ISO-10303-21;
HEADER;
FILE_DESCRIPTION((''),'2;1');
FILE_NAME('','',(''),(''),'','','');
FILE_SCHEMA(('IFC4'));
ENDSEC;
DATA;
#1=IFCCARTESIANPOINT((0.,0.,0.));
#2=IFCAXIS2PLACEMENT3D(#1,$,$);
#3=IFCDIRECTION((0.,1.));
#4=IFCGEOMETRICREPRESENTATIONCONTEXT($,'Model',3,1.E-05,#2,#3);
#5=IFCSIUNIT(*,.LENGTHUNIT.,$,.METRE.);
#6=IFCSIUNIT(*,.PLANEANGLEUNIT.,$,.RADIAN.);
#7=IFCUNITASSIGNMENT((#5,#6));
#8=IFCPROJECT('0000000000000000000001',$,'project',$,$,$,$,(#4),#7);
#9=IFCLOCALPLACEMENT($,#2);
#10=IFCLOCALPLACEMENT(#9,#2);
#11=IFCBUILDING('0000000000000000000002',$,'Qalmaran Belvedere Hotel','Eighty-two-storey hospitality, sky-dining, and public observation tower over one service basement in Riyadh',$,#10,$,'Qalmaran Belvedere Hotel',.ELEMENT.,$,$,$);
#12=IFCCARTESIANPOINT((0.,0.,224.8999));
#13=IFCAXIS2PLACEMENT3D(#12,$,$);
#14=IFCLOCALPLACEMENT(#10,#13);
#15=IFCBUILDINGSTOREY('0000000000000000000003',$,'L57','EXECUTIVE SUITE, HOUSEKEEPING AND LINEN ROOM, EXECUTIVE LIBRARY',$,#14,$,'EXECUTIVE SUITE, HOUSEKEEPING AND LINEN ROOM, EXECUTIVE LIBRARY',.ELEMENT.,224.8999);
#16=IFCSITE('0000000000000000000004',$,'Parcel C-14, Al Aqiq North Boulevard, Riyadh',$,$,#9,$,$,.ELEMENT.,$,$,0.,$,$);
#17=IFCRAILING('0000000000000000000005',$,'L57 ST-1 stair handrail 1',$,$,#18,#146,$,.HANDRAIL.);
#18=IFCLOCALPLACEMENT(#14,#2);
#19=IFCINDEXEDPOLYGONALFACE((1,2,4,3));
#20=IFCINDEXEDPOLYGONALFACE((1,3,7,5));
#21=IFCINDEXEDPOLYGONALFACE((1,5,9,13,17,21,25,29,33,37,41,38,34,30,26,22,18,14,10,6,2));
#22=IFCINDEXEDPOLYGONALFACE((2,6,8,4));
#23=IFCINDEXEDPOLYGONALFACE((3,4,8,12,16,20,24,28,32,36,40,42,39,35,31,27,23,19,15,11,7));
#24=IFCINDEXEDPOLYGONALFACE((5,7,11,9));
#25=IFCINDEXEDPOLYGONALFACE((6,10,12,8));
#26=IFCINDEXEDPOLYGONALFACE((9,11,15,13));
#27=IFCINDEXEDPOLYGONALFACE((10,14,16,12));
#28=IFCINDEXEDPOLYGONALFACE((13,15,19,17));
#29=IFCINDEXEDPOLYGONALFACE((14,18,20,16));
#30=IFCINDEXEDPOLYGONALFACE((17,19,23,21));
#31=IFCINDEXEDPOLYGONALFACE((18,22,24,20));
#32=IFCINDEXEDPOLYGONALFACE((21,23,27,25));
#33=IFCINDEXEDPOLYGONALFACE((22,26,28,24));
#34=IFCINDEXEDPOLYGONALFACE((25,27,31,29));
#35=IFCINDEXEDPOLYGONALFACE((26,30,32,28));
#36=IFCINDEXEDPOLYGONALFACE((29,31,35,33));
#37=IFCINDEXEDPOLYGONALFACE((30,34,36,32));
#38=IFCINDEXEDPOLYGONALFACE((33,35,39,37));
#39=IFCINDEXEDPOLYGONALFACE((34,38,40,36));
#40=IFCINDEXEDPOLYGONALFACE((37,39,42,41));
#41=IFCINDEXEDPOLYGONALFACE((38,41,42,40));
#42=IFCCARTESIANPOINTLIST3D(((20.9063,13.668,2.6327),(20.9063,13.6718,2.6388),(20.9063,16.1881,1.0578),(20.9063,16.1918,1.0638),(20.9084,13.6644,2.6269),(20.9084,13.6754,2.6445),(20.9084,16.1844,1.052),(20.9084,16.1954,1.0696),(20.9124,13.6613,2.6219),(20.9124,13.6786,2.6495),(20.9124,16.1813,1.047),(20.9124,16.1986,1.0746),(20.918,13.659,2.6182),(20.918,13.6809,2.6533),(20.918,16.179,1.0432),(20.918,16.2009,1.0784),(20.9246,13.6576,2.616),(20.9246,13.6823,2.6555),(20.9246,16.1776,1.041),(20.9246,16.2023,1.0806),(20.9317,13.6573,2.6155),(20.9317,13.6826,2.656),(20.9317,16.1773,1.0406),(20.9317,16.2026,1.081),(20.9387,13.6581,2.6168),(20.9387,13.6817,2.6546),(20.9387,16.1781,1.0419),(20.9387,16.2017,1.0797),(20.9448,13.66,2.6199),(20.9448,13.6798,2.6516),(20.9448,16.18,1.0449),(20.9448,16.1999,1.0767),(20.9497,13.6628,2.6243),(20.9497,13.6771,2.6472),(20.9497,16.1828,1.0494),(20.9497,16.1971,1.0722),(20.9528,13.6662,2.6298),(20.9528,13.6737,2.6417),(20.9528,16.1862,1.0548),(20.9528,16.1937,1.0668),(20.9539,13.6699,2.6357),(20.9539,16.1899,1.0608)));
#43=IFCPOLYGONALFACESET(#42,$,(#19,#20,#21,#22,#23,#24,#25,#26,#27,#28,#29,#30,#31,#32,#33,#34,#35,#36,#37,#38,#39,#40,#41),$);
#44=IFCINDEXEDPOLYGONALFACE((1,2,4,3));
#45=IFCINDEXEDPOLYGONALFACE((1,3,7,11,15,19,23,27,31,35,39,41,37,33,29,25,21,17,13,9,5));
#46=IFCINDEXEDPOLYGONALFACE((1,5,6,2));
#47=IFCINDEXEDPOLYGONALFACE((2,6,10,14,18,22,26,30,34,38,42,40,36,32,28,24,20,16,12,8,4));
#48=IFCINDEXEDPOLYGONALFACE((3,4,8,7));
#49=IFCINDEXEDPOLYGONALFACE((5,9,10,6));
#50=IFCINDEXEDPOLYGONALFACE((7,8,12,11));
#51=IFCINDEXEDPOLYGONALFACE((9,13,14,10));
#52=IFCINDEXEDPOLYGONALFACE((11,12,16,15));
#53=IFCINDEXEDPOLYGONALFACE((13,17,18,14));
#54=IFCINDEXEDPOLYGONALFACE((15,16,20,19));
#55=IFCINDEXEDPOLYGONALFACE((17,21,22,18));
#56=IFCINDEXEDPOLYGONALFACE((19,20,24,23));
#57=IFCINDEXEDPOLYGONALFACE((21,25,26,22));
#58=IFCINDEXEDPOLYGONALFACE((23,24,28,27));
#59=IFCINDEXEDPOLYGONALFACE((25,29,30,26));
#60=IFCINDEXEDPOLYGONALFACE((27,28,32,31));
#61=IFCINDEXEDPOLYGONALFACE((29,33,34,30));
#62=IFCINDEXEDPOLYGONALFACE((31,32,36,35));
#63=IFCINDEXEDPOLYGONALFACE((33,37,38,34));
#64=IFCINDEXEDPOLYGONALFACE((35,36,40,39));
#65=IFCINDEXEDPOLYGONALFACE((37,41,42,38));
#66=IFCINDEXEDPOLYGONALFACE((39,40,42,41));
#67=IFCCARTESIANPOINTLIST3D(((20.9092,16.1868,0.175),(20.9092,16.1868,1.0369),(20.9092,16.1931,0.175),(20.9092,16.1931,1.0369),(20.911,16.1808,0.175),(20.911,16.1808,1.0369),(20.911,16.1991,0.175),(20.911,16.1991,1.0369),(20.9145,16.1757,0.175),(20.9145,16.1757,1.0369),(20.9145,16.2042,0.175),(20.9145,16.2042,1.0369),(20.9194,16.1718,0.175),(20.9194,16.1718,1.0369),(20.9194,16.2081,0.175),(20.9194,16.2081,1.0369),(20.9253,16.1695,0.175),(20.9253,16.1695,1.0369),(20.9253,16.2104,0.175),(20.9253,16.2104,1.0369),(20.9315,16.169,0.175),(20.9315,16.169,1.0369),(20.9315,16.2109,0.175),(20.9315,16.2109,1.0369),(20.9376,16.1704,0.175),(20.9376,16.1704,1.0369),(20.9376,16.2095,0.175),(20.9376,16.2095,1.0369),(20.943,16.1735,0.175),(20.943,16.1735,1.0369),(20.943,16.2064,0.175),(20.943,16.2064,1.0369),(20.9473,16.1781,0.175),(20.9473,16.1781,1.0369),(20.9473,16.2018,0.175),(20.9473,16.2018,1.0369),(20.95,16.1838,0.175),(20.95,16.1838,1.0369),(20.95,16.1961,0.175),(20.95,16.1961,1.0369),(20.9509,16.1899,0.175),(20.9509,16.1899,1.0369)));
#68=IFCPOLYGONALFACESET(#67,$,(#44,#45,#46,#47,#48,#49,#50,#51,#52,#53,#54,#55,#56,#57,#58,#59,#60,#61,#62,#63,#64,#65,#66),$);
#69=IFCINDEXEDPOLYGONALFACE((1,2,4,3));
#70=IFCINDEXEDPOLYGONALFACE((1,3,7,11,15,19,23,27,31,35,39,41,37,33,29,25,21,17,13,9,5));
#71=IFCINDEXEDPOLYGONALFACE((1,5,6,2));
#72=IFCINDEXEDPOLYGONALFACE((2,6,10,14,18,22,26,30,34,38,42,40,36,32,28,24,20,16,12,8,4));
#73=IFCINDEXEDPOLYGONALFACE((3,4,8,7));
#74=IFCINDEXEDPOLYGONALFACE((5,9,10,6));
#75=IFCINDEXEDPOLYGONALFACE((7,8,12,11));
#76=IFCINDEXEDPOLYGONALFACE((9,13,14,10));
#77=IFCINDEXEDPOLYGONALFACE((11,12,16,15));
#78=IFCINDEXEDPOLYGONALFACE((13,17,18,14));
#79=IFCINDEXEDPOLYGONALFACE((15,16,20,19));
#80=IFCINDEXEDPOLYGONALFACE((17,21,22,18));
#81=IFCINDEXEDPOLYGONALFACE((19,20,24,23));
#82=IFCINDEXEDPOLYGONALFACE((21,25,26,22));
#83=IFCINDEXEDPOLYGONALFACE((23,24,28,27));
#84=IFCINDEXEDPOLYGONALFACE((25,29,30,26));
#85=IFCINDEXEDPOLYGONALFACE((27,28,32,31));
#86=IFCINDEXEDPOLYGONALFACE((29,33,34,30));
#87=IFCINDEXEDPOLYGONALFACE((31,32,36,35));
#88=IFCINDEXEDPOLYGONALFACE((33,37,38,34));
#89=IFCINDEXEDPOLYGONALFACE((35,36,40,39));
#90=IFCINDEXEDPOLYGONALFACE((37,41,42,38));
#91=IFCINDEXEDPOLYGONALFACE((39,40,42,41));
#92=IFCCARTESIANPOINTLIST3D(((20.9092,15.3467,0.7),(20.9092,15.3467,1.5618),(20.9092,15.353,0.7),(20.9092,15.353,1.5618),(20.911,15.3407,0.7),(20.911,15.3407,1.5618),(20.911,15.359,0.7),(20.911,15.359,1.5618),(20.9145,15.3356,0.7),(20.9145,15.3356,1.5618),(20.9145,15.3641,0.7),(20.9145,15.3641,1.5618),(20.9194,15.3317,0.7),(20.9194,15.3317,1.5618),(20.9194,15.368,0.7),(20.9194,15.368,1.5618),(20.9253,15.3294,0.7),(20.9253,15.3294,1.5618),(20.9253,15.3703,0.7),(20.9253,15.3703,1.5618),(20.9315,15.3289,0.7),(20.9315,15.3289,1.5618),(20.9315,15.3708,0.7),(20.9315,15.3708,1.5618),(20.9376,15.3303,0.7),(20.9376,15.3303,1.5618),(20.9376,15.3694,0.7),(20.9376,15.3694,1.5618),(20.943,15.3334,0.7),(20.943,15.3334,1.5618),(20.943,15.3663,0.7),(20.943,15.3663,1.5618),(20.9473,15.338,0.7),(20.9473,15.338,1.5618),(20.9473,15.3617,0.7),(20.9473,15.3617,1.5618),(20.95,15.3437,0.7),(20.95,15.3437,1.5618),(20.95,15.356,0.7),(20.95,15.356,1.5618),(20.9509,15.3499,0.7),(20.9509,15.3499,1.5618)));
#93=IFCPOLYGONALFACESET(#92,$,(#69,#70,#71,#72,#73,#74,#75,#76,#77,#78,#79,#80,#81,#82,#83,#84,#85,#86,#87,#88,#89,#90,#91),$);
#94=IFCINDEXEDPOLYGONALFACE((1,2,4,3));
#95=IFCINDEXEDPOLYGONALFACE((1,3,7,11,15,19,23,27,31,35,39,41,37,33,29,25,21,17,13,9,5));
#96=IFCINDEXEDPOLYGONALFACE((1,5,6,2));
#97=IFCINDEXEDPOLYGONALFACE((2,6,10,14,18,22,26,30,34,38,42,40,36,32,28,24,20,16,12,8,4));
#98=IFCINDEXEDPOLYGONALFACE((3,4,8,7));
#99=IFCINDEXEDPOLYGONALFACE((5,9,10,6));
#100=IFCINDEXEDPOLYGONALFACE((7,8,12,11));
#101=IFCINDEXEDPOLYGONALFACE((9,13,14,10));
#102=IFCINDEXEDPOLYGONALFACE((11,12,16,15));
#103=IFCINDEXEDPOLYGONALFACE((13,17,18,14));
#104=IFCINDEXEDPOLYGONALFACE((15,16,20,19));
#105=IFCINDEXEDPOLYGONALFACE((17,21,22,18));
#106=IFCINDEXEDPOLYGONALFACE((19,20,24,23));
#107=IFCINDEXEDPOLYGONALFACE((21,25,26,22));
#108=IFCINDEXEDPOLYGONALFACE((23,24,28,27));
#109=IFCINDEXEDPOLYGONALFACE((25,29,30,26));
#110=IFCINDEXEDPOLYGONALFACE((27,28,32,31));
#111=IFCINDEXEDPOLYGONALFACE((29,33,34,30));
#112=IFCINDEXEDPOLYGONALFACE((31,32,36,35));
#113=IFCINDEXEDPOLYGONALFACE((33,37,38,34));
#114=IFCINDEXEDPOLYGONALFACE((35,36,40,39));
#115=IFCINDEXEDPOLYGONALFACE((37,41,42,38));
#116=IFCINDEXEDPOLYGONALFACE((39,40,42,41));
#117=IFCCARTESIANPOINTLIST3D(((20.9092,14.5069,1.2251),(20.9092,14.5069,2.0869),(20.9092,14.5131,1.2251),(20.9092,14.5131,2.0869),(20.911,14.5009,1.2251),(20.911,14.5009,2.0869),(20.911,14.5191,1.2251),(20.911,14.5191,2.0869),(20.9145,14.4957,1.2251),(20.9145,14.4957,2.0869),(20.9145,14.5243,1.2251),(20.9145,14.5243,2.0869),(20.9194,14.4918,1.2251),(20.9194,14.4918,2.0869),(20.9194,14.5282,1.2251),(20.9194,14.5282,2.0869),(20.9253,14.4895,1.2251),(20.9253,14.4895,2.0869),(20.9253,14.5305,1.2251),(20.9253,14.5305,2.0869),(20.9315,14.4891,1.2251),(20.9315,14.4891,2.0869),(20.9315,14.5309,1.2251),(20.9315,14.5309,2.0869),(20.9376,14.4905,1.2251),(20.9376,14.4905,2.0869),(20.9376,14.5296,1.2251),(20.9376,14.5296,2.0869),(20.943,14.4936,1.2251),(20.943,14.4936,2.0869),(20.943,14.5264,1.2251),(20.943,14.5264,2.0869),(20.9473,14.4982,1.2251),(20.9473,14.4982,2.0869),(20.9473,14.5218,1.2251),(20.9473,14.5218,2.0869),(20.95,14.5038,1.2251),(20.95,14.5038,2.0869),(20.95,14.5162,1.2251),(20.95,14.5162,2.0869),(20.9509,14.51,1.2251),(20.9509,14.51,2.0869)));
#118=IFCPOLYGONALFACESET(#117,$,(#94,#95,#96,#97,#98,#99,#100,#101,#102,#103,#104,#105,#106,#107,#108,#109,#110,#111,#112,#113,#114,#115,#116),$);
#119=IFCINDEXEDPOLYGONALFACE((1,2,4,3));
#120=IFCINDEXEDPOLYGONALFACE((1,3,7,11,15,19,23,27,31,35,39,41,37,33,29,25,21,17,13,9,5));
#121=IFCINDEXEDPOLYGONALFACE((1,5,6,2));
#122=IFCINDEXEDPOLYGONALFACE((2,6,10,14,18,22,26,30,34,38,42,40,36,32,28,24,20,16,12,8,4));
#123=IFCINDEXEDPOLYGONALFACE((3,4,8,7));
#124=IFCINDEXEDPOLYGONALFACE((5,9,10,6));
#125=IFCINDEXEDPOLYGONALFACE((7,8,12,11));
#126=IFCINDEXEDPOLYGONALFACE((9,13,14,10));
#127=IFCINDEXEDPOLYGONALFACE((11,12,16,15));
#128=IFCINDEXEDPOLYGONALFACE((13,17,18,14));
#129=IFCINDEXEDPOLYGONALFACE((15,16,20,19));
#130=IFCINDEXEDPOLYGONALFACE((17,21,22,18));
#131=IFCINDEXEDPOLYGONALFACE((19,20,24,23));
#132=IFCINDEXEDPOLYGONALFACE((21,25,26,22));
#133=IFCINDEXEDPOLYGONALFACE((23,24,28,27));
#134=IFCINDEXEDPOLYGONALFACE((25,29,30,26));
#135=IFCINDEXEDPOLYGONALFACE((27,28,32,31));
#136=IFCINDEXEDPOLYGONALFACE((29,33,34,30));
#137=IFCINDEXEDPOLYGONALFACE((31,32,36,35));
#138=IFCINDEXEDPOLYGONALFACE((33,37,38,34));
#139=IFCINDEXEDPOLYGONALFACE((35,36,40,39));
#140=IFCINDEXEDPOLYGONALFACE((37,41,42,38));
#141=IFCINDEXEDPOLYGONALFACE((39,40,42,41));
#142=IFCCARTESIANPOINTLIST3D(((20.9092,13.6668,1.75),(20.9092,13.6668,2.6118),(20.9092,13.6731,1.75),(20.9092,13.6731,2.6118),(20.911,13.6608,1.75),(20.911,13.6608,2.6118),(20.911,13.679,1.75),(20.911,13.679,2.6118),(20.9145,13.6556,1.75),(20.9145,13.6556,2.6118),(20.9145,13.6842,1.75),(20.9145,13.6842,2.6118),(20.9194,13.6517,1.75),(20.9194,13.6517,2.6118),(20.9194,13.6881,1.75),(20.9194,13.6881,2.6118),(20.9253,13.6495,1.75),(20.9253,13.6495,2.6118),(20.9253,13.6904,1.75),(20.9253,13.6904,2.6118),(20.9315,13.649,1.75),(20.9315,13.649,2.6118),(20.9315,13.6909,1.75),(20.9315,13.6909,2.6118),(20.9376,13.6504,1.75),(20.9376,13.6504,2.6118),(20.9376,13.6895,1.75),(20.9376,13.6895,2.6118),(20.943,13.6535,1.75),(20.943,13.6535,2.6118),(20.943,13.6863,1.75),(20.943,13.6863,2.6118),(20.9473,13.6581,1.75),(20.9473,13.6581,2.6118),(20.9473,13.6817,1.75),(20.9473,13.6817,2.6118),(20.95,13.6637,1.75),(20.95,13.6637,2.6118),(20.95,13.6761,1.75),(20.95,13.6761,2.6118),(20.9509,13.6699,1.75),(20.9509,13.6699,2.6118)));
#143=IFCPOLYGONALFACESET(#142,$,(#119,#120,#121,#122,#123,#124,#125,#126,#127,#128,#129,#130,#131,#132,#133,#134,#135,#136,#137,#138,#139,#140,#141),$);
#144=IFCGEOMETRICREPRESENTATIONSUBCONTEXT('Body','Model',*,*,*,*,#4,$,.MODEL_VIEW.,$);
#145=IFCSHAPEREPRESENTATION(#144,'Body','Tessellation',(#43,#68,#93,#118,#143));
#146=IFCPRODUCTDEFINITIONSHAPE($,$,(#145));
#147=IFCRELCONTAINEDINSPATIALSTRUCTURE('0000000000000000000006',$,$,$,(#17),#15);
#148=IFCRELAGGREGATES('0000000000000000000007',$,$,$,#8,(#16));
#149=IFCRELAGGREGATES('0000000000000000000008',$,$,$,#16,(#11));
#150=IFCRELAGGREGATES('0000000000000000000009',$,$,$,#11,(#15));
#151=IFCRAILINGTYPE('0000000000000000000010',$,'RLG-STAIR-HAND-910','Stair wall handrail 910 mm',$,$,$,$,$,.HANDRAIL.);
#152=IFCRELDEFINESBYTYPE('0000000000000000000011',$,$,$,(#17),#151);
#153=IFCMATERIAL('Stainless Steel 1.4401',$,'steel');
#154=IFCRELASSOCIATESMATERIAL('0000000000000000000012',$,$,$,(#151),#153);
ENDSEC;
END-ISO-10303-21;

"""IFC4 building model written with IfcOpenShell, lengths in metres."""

from ifc_helpers import new_model, si_unit, direction, frame, origin, origin_2d, place, context, subcontext, project, spatial, circle, extrude, material, type_object, element, save


model = new_model("IFC4")

# Units and contexts
model_context = context("Model", 3, precision=1e-05, world=origin(), true_north=direction((0.0, 1.0)))
body_context = subcontext(model_context, "Body", "Model", "MODEL_VIEW")
ifc_project = project(units=[si_unit("LENGTHUNIT", "METRE"), si_unit("PLANEANGLEUNIT", "RADIAN")], contexts=[model_context])

# Site, building, storey
site_placement = place(None, origin())
site = spatial("IfcSite", under=ifc_project, at=site_placement, Name="Parcel C-14, Al Aqiq North Boulevard, Riyadh", CompositionType="ELEMENT", RefElevation=0.0)
building_placement = place(site_placement, origin())
building = spatial("IfcBuilding", under=site, at=building_placement, Name="Qalmaran Belvedere Hotel", Description="Eighty-two-storey hospitality, sky-dining, and public observation tower over one service basement in Riyadh", LongName="Qalmaran Belvedere Hotel", CompositionType="ELEMENT")
storey_placement = place(building_placement, frame((0.0, 0.0, 224.8999)))
storey = spatial("IfcBuildingStorey", under=building, at=storey_placement, Name="L57", Description="EXECUTIVE SUITE, HOUSEKEEPING AND LINEN ROOM, EXECUTIVE LIBRARY", LongName="EXECUTIVE SUITE, HOUSEKEEPING AND LINEN ROOM, EXECUTIVE LIBRARY", CompositionType="ELEMENT", Elevation=224.8999)

# Railing
ifc_material_1 = material(Name="Stainless Steel 1.4401", Category="steel")
railing_type_1 = type_object("IfcRailingType", Name="RLG-STAIR-HAND-910", Description="Stair wall handrail 910 mm", PredefinedType="HANDRAIL", material=ifc_material_1)
railing_1_placement = place(storey_placement, frame((20.9299, 16.1899, 0.175)))
element("IfcRailing", 1, at=railing_1_placement, inside=storey, type_object=railing_type_1, Name="L57 ST-1 stair handrail 1", PredefinedType="HANDRAIL", context=body_context, shape_type="SweptSolid", body=[
    extrude(circle(Radius=0.0239, at=origin_2d()), frame((0.0, 0.0, 0.8857), z_axis=(0.0, -0.848008, 0.529984), x_axis=(1.0, 0.0, 0.0)), (0.0, 0.0, 1.0), 2.9717),
    extrude(circle(Radius=0.021, at=origin_2d()), origin(), (0.0, 0.0, 1.0), 0.8618),
    extrude(circle(Radius=0.021, at=origin_2d()), frame((0.0, -0.8401, 0.5249)), (0.0, 0.0, 1.0), 0.8618),
    extrude(circle(Radius=0.021, at=origin_2d()), frame((0.0, -1.6799, 1.05)), (0.0, 0.0, 1.0), 0.8618),
    extrude(circle(Radius=0.021, at=origin_2d()), frame((0.0, -2.52, 1.575)), (0.0, 0.0, 1.0), 0.8618),
])

save(model, "model.ifc")
